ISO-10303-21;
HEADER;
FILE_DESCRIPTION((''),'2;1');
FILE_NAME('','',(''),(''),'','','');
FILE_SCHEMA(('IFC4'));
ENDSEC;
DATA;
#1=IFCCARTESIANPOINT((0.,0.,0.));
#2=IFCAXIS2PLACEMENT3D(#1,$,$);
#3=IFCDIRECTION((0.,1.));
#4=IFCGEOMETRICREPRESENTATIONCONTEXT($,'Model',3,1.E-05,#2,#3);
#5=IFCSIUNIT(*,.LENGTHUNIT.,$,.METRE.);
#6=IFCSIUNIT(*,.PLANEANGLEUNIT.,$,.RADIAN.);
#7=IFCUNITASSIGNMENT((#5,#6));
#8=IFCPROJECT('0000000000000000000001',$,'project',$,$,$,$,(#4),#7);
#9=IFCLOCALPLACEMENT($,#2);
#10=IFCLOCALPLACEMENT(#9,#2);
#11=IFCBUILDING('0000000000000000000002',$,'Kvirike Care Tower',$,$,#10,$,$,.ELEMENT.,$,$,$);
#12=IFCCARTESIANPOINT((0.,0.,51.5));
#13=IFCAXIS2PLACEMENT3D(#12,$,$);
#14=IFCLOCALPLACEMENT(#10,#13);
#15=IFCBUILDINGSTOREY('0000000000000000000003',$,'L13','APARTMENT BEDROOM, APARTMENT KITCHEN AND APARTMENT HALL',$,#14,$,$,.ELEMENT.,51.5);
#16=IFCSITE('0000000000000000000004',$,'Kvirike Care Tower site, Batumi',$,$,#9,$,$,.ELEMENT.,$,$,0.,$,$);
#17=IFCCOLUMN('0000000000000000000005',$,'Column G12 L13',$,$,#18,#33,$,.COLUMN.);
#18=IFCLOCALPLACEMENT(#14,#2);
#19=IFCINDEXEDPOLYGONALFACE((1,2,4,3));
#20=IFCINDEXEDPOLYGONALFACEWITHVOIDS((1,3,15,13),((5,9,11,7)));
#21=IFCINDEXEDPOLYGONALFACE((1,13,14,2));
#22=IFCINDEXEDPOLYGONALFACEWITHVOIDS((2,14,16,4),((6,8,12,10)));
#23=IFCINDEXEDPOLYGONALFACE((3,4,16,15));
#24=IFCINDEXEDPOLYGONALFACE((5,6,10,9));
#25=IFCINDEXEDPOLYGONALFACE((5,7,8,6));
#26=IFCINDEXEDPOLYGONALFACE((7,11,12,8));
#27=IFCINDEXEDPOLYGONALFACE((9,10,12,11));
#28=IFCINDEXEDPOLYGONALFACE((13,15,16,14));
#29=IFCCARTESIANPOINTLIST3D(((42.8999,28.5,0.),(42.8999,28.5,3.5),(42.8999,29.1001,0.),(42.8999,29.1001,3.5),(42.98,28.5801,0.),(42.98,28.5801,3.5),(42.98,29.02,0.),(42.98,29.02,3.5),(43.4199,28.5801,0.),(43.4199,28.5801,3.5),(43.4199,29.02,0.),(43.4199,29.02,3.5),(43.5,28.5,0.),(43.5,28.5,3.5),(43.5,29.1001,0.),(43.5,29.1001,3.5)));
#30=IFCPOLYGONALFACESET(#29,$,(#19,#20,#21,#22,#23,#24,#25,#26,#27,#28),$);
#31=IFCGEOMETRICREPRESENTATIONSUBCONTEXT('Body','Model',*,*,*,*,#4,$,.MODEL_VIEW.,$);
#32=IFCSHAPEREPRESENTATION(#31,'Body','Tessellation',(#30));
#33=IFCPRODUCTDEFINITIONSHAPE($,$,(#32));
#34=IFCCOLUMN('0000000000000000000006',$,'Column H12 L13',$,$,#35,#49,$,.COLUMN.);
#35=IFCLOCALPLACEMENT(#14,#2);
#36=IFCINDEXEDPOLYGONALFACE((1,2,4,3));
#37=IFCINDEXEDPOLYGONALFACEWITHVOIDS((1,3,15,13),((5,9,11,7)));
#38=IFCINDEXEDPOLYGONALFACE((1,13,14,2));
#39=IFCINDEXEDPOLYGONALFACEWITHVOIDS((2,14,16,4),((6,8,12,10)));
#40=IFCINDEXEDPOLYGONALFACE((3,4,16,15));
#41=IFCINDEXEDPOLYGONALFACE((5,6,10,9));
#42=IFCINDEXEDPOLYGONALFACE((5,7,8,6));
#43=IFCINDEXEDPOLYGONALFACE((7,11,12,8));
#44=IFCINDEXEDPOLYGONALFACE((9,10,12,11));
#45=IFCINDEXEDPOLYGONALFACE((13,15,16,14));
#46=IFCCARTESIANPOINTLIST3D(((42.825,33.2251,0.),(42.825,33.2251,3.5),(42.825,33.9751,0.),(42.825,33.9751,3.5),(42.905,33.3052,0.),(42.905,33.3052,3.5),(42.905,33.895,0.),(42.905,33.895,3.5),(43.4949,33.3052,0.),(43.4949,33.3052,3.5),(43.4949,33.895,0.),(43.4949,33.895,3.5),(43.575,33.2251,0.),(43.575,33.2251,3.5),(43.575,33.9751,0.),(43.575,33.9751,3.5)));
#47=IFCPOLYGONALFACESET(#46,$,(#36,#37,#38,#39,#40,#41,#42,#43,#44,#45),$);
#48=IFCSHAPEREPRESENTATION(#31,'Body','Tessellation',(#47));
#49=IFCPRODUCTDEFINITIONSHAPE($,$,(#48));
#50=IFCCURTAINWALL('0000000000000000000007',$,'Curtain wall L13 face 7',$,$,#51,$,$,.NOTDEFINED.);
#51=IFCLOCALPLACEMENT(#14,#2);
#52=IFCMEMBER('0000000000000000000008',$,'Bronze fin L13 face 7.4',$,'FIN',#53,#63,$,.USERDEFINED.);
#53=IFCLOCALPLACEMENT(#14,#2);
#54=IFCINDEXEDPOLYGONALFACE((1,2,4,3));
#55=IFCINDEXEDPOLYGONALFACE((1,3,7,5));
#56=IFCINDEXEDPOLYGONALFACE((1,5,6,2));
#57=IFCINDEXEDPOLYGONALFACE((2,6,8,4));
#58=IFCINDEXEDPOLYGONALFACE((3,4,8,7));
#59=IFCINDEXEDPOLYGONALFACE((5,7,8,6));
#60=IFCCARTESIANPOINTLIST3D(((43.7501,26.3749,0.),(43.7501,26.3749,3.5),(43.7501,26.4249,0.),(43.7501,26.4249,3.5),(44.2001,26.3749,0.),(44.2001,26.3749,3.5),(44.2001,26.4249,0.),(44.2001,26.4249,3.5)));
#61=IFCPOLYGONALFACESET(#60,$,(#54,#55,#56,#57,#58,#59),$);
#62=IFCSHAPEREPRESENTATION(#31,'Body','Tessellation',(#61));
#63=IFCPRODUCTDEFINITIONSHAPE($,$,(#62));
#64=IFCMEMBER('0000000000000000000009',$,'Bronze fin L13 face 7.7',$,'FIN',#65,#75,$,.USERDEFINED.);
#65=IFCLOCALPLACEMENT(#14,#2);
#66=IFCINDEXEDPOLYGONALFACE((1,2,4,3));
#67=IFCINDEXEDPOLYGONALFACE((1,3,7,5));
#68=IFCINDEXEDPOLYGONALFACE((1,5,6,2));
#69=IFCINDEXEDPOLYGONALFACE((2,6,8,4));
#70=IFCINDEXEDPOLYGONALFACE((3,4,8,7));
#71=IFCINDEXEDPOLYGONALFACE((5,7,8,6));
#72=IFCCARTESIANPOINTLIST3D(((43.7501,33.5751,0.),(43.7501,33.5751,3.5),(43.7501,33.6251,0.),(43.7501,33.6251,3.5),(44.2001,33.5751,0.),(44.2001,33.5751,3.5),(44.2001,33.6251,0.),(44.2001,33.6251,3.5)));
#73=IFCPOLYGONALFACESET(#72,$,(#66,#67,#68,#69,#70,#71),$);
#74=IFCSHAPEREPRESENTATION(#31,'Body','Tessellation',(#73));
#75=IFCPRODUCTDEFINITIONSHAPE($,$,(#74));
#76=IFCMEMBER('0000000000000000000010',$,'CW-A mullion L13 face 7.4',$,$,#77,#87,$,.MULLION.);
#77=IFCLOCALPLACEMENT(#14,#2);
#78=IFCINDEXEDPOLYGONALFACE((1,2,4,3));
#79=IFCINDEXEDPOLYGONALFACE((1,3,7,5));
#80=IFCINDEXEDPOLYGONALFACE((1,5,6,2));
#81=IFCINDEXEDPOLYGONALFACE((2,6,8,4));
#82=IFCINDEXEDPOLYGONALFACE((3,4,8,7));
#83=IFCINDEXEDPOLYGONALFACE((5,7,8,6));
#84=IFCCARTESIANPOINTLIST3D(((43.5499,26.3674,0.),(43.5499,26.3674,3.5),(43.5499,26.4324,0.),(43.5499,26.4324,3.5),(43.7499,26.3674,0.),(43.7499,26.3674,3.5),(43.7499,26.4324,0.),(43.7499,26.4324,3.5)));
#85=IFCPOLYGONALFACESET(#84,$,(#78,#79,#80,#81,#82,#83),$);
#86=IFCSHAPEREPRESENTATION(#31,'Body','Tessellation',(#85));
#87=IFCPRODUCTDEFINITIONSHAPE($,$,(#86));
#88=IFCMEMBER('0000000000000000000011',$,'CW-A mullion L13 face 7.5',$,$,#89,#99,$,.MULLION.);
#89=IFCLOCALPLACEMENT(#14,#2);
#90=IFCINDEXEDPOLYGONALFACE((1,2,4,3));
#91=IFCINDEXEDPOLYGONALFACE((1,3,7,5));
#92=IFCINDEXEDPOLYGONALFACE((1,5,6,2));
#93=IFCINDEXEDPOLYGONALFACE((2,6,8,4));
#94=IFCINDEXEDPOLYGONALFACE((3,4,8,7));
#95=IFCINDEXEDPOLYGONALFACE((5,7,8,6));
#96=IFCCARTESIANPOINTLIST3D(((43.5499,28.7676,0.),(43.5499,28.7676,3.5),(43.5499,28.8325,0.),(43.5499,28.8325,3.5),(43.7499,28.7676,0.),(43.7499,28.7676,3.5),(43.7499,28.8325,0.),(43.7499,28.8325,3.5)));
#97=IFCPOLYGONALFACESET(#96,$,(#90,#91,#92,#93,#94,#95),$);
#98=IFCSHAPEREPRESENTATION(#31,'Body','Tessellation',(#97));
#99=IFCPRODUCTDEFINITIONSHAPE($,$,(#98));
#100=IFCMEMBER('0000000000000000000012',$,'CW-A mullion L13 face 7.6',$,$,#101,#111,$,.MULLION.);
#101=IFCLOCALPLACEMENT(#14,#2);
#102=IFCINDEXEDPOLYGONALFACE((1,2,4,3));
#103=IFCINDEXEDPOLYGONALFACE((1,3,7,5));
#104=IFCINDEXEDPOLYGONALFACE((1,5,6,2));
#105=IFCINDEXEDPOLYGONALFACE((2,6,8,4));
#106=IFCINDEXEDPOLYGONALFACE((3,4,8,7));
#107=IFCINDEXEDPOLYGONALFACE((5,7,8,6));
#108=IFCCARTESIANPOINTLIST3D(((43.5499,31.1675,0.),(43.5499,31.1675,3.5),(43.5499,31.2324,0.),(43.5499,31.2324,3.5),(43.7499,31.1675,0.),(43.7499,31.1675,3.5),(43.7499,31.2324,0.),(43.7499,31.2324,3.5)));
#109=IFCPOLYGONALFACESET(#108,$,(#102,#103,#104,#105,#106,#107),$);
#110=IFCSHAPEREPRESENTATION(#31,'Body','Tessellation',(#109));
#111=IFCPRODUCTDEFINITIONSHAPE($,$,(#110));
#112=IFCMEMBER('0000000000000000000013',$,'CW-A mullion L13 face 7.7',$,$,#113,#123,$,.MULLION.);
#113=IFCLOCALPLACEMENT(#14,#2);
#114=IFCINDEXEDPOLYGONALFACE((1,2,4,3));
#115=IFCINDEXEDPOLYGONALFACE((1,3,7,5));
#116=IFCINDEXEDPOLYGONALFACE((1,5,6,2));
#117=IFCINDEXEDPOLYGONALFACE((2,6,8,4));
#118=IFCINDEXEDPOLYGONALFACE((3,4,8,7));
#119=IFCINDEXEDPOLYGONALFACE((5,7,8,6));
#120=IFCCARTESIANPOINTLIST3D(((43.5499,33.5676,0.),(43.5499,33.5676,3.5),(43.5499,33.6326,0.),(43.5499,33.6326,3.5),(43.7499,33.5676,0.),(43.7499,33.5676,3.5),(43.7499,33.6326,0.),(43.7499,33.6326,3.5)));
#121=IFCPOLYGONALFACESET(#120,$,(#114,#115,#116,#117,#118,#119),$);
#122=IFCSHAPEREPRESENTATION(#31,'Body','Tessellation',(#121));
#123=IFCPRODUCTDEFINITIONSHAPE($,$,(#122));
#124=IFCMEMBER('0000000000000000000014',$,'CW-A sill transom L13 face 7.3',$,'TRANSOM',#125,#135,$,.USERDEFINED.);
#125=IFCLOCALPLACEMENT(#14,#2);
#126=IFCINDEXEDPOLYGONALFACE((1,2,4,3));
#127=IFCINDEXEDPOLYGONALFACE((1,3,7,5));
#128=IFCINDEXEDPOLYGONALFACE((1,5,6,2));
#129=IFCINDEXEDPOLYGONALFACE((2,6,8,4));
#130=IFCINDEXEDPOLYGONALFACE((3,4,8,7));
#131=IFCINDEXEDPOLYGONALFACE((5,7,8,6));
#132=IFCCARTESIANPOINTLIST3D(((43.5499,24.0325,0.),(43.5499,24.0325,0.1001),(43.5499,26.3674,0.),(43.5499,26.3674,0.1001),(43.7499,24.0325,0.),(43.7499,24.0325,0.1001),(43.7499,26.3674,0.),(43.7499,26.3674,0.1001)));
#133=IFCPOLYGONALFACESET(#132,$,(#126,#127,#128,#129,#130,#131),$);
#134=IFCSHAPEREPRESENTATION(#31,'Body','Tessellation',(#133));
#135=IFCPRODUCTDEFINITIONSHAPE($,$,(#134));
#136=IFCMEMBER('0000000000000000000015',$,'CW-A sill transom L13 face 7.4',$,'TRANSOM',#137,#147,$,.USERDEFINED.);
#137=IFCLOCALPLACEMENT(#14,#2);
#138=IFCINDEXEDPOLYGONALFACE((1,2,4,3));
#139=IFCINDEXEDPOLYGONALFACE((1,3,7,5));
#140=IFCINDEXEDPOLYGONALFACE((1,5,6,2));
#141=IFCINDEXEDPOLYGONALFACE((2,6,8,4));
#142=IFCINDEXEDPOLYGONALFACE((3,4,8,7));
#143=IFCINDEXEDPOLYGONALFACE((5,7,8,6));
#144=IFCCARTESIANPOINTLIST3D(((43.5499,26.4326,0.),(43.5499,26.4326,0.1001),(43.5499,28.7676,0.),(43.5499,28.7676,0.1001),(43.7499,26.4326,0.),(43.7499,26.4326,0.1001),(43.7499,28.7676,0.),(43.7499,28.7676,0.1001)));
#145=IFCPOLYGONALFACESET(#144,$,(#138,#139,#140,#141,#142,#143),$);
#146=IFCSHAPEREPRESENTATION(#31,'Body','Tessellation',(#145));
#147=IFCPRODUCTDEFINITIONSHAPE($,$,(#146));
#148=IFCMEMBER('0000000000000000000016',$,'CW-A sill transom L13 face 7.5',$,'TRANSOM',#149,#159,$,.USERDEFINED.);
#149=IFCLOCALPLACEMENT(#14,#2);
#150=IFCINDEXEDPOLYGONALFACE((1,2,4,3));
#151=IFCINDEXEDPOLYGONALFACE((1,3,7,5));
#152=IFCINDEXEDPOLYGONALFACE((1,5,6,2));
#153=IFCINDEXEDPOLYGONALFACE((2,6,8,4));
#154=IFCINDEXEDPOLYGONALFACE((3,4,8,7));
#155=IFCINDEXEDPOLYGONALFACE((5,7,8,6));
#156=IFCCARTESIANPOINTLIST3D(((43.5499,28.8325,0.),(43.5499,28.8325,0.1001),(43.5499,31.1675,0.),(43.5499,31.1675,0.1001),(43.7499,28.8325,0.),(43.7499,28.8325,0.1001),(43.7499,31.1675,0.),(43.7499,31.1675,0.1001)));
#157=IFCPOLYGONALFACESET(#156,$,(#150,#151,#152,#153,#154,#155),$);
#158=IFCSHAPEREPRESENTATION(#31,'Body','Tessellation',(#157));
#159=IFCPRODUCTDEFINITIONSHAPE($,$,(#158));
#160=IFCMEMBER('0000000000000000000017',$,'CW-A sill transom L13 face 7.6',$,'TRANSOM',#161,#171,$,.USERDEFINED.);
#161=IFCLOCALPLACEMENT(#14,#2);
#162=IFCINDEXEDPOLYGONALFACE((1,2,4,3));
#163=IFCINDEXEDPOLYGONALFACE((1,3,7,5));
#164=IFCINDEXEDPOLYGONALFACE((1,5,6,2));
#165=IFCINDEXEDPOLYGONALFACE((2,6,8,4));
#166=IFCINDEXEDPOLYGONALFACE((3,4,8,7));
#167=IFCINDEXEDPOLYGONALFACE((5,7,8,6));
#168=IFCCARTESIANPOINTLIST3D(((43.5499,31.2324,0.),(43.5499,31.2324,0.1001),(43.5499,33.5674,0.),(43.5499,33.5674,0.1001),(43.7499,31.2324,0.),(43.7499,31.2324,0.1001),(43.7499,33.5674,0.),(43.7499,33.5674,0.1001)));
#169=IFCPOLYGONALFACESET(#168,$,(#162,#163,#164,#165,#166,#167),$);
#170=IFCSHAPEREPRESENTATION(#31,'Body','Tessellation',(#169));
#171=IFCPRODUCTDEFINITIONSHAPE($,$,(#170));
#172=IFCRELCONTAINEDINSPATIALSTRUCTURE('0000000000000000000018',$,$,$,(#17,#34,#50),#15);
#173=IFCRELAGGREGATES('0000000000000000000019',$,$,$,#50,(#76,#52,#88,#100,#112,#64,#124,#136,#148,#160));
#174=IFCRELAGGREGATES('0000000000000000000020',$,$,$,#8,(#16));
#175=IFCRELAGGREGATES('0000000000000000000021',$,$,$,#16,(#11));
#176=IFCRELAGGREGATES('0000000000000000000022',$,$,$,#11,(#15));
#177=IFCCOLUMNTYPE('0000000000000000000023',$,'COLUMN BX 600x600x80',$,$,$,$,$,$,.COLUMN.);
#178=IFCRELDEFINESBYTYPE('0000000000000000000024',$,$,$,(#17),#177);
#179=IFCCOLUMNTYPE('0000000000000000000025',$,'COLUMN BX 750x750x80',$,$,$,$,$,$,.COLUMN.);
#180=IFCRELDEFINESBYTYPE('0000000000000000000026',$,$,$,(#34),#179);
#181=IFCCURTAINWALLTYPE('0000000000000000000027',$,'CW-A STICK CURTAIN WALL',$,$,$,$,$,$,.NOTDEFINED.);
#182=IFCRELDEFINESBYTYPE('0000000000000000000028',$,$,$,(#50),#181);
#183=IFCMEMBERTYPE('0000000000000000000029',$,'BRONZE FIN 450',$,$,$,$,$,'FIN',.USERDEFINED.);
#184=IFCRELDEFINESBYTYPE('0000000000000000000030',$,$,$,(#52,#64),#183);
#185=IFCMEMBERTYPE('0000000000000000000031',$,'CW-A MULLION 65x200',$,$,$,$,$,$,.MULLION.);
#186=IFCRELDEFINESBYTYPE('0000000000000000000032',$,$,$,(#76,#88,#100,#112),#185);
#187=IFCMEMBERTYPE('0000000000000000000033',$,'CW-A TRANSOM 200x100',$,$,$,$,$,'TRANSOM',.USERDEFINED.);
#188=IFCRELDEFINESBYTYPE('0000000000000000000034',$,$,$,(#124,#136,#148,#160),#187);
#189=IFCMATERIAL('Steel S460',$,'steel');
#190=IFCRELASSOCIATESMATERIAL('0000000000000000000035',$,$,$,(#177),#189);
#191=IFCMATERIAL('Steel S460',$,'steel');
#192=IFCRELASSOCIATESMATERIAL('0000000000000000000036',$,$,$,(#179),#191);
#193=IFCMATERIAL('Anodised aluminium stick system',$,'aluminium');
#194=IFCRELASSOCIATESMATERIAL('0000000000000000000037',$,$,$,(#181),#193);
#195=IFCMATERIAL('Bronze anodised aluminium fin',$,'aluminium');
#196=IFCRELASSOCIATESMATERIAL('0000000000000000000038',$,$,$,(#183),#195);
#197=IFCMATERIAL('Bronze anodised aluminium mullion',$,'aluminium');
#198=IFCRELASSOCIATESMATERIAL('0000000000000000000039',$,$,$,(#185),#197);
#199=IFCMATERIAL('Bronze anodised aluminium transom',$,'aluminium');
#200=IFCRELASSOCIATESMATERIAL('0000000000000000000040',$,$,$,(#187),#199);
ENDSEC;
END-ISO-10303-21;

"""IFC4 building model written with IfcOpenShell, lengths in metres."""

from ifc_helpers import new_model, si_unit, direction, frame, origin, origin_2d, place, context, subcontext, project, spatial, rectangle, hollow_rectangle, extrude, material, material_profile, profile_set, type_object, element, aggregate, save


model = new_model("IFC4")

# Units and contexts
model_context = context("Model", 3, precision=1e-05, world=origin(), true_north=direction((0.0, 1.0)))
body_context = subcontext(model_context, "Body", "Model", "MODEL_VIEW")
ifc_project = project(units=[si_unit("LENGTHUNIT", "METRE"), si_unit("PLANEANGLEUNIT", "RADIAN")], contexts=[model_context])

# Site, building, storey
site_placement = place(None, origin())
site = spatial("IfcSite", under=ifc_project, at=site_placement, Name="Kvirike Care Tower site, Batumi", CompositionType="ELEMENT", RefElevation=0.0)
building_placement = place(site_placement, origin())
building = spatial("IfcBuilding", under=site, at=building_placement, Name="Kvirike Care Tower", CompositionType="ELEMENT")
storey_placement = place(building_placement, frame((0.0, 0.0, 51.5)))
storey = spatial("IfcBuildingStorey", under=building, at=storey_placement, Name="L13", Description="APARTMENT BEDROOM, APARTMENT KITCHEN AND APARTMENT HALL", CompositionType="ELEMENT", Elevation=51.5)

# Columns
ifc_material_1 = material(Name="Steel S460", Category="steel")
ifc_material_profile_1 = material_profile(ifc_material_1, hollow_rectangle(XDim=0.6001, YDim=0.6001, WallThickness=0.0801, at=origin_2d()), Name="BX 600x600x80")
ifc_profile_set_1 = profile_set([ifc_material_profile_1], Name="Steel S460")
column_type_1 = type_object("IfcColumnType", Name="COLUMN BX 600x600x80", PredefinedType="COLUMN", material=ifc_profile_set_1)
column_1_placement = place(storey_placement, frame((43.2, 28.8, 0.0), z_axis=(0.0, 0.0, 1.0), x_axis=(0.0, 1.0, 0.0)))
element("IfcColumn", 1, at=column_1_placement, inside=storey, type_object=column_type_1, Name="Column G12 L13", PredefinedType="COLUMN", context=body_context, shape_type="SweptSolid", body=[
    extrude(hollow_rectangle(XDim=0.6001, YDim=0.6001, WallThickness=0.0801, at=origin_2d()), origin(), (0.0, 0.0, 1.0), 3.5),
])
ifc_material_2 = material(Name="Steel S460", Category="steel")
ifc_material_profile_2 = material_profile(ifc_material_2, hollow_rectangle(XDim=0.75, YDim=0.75, WallThickness=0.0801, at=origin_2d()), Name="BX 750x750x80")
ifc_profile_set_2 = profile_set([ifc_material_profile_2], Name="Steel S460")
column_type_2 = type_object("IfcColumnType", Name="COLUMN BX 750x750x80", PredefinedType="COLUMN", material=ifc_profile_set_2)
column_2_placement = place(storey_placement, frame((43.2, 33.6001, 0.0), z_axis=(0.0, 0.0, 1.0), x_axis=(1.0, 0.0, 0.0)))
element("IfcColumn", 2, at=column_2_placement, inside=storey, type_object=column_type_2, Name="Column H12 L13", PredefinedType="COLUMN", context=body_context, shape_type="SweptSolid", body=[
    extrude(hollow_rectangle(XDim=0.75, YDim=0.75, WallThickness=0.0801, at=origin_2d()), origin(), (0.0, 0.0, 1.0), 3.5),
])

# Curtain wall, members
ifc_material_3 = material(Name="Anodised aluminium stick system", Category="aluminium")
curtain_wall_type = type_object("IfcCurtainWallType", Name="CW-A STICK CURTAIN WALL", PredefinedType="NOTDEFINED", material=ifc_material_3)
curtain_wall_placement = place(storey_placement, origin())
curtain_wall = element("IfcCurtainWall", 3, at=curtain_wall_placement, inside=storey, type_object=curtain_wall_type, Name="Curtain wall L13 face 7", PredefinedType="NOTDEFINED")
ifc_material_4 = material(Name="Bronze anodised aluminium fin", Category="aluminium")
ifc_material_profile_3 = material_profile(ifc_material_4, rectangle(XDim=0.05, YDim=0.45, at=origin_2d()), Name="BRONZE FIN 450")
ifc_profile_set_3 = profile_set([ifc_material_profile_3], Name="Bronze anodised aluminium fin")
member_type_1 = type_object("IfcMemberType", Name="BRONZE FIN 450", ElementType="FIN", PredefinedType="USERDEFINED", material=ifc_profile_set_3)
member_1_placement = place(storey_placement, frame((43.9751, 26.3999, 0.0), z_axis=(0.0, 0.0, 1.0), x_axis=(0.0, 1.0, 0.0)))
member_1 = element("IfcMember", 4, at=member_1_placement, type_object=member_type_1, Name="Bronze fin L13 face 7.4", ObjectType="FIN", PredefinedType="USERDEFINED", context=body_context, shape_type="SweptSolid", body=[
    extrude(rectangle(XDim=0.05, YDim=0.45, at=origin_2d()), origin(), (0.0, 0.0, 1.0), 3.5),
])
member_2_placement = place(storey_placement, frame((43.9751, 33.6001, 0.0), z_axis=(0.0, 0.0, 1.0), x_axis=(0.0, 1.0, 0.0)))
member_2 = element("IfcMember", 5, at=member_2_placement, type_object=member_type_1, Name="Bronze fin L13 face 7.7", ObjectType="FIN", PredefinedType="USERDEFINED", context=body_context, shape_type="SweptSolid", body=[
    extrude(rectangle(XDim=0.05, YDim=0.45, at=origin_2d()), origin(), (0.0, 0.0, 1.0), 3.5),
])
ifc_material_5 = material(Name="Bronze anodised aluminium mullion", Category="aluminium")
ifc_material_profile_4 = material_profile(ifc_material_5, rectangle(XDim=0.0649, YDim=0.2, at=origin_2d()), Name="CW-A MULLION 65x200")
ifc_profile_set_4 = profile_set([ifc_material_profile_4], Name="Bronze anodised aluminium mullion")
member_type_2 = type_object("IfcMemberType", Name="CW-A MULLION 65x200", PredefinedType="MULLION", material=ifc_profile_set_4)
member_3_placement = place(storey_placement, frame((43.6499, 26.3999, 0.0), z_axis=(0.0, 0.0, 1.0), x_axis=(0.0, 1.0, 0.0)))
member_3 = element("IfcMember", 6, at=member_3_placement, type_object=member_type_2, Name="CW-A mullion L13 face 7.4", PredefinedType="MULLION", context=body_context, shape_type="SweptSolid", body=[
    extrude(rectangle(XDim=0.0649, YDim=0.2, at=origin_2d()), origin(), (0.0, 0.0, 1.0), 3.5),
])
member_4_placement = place(storey_placement, frame((43.6499, 28.8, 0.0), z_axis=(0.0, 0.0, 1.0), x_axis=(0.0, 1.0, 0.0)))
member_4 = element("IfcMember", 7, at=member_4_placement, type_object=member_type_2, Name="CW-A mullion L13 face 7.5", PredefinedType="MULLION", context=body_context, shape_type="SweptSolid", body=[
    extrude(rectangle(XDim=0.0649, YDim=0.2, at=origin_2d()), origin(), (0.0, 0.0, 1.0), 3.5),
])
member_5_placement = place(storey_placement, frame((43.6499, 31.2, 0.0), z_axis=(0.0, 0.0, 1.0), x_axis=(0.0, 1.0, 0.0)))
member_5 = element("IfcMember", 8, at=member_5_placement, type_object=member_type_2, Name="CW-A mullion L13 face 7.6", PredefinedType="MULLION", context=body_context, shape_type="SweptSolid", body=[
    extrude(rectangle(XDim=0.0649, YDim=0.2, at=origin_2d()), origin(), (0.0, 0.0, 1.0), 3.5),
])
member_6_placement = place(storey_placement, frame((43.6499, 33.6001, 0.0), z_axis=(0.0, 0.0, 1.0), x_axis=(0.0, 1.0, 0.0)))
member_6 = element("IfcMember", 9, at=member_6_placement, type_object=member_type_2, Name="CW-A mullion L13 face 7.7", PredefinedType="MULLION", context=body_context, shape_type="SweptSolid", body=[
    extrude(rectangle(XDim=0.0649, YDim=0.2, at=origin_2d()), origin(), (0.0, 0.0, 1.0), 3.5),
])
ifc_material_6 = material(Name="Bronze anodised aluminium transom", Category="aluminium")
ifc_material_profile_5 = material_profile(ifc_material_6, rectangle(XDim=0.2, YDim=0.1001, at=origin_2d()), Name="CW-A TRANSOM 200x100")
ifc_profile_set_5 = profile_set([ifc_material_profile_5], Name="Bronze anodised aluminium transom")
member_type_3 = type_object("IfcMemberType", Name="CW-A TRANSOM 200x100", ElementType="TRANSOM", PredefinedType="USERDEFINED", material=ifc_profile_set_5)
member_7_placement = place(storey_placement, frame((43.6499, 24.0325, 0.05), z_axis=(0.0, 1.0, 0.0), x_axis=(-1.0, 0.0, 0.0)))
member_7 = element("IfcMember", 10, at=member_7_placement, type_object=member_type_3, Name="CW-A sill transom L13 face 7.3", ObjectType="TRANSOM", PredefinedType="USERDEFINED", context=body_context, shape_type="SweptSolid", body=[
    extrude(rectangle(XDim=0.2, YDim=0.1001, at=origin_2d()), origin(), (0.0, 0.0, 1.0), 2.335),
])
member_8_placement = place(storey_placement, frame((43.6499, 26.4326, 0.05), z_axis=(0.0, 1.0, 0.0), x_axis=(-1.0, 0.0, 0.0)))
member_8 = element("IfcMember", 11, at=member_8_placement, type_object=member_type_3, Name="CW-A sill transom L13 face 7.4", ObjectType="TRANSOM", PredefinedType="USERDEFINED", context=body_context, shape_type="SweptSolid", body=[
    extrude(rectangle(XDim=0.2, YDim=0.1001, at=origin_2d()), origin(), (0.0, 0.0, 1.0), 2.335),
])
member_9_placement = place(storey_placement, frame((43.6499, 28.8325, 0.05), z_axis=(0.0, 1.0, 0.0), x_axis=(-1.0, 0.0, 0.0)))
member_9 = element("IfcMember", 12, at=member_9_placement, type_object=member_type_3, Name="CW-A sill transom L13 face 7.5", ObjectType="TRANSOM", PredefinedType="USERDEFINED", context=body_context, shape_type="SweptSolid", body=[
    extrude(rectangle(XDim=0.2, YDim=0.1001, at=origin_2d()), origin(), (0.0, 0.0, 1.0), 2.335),
])
member_10_placement = place(storey_placement, frame((43.6499, 31.2324, 0.05), z_axis=(0.0, 1.0, 0.0), x_axis=(-1.0, 0.0, 0.0)))
member_10 = element("IfcMember", 13, at=member_10_placement, type_object=member_type_3, Name="CW-A sill transom L13 face 7.6", ObjectType="TRANSOM", PredefinedType="USERDEFINED", context=body_context, shape_type="SweptSolid", body=[
    extrude(rectangle(XDim=0.2, YDim=0.1001, at=origin_2d()), origin(), (0.0, 0.0, 1.0), 2.335),
])

aggregate(curtain_wall, [member_3, member_1, member_4, member_5, member_6, member_2, member_7, member_8, member_9, member_10])

save(model, "model.ifc")
